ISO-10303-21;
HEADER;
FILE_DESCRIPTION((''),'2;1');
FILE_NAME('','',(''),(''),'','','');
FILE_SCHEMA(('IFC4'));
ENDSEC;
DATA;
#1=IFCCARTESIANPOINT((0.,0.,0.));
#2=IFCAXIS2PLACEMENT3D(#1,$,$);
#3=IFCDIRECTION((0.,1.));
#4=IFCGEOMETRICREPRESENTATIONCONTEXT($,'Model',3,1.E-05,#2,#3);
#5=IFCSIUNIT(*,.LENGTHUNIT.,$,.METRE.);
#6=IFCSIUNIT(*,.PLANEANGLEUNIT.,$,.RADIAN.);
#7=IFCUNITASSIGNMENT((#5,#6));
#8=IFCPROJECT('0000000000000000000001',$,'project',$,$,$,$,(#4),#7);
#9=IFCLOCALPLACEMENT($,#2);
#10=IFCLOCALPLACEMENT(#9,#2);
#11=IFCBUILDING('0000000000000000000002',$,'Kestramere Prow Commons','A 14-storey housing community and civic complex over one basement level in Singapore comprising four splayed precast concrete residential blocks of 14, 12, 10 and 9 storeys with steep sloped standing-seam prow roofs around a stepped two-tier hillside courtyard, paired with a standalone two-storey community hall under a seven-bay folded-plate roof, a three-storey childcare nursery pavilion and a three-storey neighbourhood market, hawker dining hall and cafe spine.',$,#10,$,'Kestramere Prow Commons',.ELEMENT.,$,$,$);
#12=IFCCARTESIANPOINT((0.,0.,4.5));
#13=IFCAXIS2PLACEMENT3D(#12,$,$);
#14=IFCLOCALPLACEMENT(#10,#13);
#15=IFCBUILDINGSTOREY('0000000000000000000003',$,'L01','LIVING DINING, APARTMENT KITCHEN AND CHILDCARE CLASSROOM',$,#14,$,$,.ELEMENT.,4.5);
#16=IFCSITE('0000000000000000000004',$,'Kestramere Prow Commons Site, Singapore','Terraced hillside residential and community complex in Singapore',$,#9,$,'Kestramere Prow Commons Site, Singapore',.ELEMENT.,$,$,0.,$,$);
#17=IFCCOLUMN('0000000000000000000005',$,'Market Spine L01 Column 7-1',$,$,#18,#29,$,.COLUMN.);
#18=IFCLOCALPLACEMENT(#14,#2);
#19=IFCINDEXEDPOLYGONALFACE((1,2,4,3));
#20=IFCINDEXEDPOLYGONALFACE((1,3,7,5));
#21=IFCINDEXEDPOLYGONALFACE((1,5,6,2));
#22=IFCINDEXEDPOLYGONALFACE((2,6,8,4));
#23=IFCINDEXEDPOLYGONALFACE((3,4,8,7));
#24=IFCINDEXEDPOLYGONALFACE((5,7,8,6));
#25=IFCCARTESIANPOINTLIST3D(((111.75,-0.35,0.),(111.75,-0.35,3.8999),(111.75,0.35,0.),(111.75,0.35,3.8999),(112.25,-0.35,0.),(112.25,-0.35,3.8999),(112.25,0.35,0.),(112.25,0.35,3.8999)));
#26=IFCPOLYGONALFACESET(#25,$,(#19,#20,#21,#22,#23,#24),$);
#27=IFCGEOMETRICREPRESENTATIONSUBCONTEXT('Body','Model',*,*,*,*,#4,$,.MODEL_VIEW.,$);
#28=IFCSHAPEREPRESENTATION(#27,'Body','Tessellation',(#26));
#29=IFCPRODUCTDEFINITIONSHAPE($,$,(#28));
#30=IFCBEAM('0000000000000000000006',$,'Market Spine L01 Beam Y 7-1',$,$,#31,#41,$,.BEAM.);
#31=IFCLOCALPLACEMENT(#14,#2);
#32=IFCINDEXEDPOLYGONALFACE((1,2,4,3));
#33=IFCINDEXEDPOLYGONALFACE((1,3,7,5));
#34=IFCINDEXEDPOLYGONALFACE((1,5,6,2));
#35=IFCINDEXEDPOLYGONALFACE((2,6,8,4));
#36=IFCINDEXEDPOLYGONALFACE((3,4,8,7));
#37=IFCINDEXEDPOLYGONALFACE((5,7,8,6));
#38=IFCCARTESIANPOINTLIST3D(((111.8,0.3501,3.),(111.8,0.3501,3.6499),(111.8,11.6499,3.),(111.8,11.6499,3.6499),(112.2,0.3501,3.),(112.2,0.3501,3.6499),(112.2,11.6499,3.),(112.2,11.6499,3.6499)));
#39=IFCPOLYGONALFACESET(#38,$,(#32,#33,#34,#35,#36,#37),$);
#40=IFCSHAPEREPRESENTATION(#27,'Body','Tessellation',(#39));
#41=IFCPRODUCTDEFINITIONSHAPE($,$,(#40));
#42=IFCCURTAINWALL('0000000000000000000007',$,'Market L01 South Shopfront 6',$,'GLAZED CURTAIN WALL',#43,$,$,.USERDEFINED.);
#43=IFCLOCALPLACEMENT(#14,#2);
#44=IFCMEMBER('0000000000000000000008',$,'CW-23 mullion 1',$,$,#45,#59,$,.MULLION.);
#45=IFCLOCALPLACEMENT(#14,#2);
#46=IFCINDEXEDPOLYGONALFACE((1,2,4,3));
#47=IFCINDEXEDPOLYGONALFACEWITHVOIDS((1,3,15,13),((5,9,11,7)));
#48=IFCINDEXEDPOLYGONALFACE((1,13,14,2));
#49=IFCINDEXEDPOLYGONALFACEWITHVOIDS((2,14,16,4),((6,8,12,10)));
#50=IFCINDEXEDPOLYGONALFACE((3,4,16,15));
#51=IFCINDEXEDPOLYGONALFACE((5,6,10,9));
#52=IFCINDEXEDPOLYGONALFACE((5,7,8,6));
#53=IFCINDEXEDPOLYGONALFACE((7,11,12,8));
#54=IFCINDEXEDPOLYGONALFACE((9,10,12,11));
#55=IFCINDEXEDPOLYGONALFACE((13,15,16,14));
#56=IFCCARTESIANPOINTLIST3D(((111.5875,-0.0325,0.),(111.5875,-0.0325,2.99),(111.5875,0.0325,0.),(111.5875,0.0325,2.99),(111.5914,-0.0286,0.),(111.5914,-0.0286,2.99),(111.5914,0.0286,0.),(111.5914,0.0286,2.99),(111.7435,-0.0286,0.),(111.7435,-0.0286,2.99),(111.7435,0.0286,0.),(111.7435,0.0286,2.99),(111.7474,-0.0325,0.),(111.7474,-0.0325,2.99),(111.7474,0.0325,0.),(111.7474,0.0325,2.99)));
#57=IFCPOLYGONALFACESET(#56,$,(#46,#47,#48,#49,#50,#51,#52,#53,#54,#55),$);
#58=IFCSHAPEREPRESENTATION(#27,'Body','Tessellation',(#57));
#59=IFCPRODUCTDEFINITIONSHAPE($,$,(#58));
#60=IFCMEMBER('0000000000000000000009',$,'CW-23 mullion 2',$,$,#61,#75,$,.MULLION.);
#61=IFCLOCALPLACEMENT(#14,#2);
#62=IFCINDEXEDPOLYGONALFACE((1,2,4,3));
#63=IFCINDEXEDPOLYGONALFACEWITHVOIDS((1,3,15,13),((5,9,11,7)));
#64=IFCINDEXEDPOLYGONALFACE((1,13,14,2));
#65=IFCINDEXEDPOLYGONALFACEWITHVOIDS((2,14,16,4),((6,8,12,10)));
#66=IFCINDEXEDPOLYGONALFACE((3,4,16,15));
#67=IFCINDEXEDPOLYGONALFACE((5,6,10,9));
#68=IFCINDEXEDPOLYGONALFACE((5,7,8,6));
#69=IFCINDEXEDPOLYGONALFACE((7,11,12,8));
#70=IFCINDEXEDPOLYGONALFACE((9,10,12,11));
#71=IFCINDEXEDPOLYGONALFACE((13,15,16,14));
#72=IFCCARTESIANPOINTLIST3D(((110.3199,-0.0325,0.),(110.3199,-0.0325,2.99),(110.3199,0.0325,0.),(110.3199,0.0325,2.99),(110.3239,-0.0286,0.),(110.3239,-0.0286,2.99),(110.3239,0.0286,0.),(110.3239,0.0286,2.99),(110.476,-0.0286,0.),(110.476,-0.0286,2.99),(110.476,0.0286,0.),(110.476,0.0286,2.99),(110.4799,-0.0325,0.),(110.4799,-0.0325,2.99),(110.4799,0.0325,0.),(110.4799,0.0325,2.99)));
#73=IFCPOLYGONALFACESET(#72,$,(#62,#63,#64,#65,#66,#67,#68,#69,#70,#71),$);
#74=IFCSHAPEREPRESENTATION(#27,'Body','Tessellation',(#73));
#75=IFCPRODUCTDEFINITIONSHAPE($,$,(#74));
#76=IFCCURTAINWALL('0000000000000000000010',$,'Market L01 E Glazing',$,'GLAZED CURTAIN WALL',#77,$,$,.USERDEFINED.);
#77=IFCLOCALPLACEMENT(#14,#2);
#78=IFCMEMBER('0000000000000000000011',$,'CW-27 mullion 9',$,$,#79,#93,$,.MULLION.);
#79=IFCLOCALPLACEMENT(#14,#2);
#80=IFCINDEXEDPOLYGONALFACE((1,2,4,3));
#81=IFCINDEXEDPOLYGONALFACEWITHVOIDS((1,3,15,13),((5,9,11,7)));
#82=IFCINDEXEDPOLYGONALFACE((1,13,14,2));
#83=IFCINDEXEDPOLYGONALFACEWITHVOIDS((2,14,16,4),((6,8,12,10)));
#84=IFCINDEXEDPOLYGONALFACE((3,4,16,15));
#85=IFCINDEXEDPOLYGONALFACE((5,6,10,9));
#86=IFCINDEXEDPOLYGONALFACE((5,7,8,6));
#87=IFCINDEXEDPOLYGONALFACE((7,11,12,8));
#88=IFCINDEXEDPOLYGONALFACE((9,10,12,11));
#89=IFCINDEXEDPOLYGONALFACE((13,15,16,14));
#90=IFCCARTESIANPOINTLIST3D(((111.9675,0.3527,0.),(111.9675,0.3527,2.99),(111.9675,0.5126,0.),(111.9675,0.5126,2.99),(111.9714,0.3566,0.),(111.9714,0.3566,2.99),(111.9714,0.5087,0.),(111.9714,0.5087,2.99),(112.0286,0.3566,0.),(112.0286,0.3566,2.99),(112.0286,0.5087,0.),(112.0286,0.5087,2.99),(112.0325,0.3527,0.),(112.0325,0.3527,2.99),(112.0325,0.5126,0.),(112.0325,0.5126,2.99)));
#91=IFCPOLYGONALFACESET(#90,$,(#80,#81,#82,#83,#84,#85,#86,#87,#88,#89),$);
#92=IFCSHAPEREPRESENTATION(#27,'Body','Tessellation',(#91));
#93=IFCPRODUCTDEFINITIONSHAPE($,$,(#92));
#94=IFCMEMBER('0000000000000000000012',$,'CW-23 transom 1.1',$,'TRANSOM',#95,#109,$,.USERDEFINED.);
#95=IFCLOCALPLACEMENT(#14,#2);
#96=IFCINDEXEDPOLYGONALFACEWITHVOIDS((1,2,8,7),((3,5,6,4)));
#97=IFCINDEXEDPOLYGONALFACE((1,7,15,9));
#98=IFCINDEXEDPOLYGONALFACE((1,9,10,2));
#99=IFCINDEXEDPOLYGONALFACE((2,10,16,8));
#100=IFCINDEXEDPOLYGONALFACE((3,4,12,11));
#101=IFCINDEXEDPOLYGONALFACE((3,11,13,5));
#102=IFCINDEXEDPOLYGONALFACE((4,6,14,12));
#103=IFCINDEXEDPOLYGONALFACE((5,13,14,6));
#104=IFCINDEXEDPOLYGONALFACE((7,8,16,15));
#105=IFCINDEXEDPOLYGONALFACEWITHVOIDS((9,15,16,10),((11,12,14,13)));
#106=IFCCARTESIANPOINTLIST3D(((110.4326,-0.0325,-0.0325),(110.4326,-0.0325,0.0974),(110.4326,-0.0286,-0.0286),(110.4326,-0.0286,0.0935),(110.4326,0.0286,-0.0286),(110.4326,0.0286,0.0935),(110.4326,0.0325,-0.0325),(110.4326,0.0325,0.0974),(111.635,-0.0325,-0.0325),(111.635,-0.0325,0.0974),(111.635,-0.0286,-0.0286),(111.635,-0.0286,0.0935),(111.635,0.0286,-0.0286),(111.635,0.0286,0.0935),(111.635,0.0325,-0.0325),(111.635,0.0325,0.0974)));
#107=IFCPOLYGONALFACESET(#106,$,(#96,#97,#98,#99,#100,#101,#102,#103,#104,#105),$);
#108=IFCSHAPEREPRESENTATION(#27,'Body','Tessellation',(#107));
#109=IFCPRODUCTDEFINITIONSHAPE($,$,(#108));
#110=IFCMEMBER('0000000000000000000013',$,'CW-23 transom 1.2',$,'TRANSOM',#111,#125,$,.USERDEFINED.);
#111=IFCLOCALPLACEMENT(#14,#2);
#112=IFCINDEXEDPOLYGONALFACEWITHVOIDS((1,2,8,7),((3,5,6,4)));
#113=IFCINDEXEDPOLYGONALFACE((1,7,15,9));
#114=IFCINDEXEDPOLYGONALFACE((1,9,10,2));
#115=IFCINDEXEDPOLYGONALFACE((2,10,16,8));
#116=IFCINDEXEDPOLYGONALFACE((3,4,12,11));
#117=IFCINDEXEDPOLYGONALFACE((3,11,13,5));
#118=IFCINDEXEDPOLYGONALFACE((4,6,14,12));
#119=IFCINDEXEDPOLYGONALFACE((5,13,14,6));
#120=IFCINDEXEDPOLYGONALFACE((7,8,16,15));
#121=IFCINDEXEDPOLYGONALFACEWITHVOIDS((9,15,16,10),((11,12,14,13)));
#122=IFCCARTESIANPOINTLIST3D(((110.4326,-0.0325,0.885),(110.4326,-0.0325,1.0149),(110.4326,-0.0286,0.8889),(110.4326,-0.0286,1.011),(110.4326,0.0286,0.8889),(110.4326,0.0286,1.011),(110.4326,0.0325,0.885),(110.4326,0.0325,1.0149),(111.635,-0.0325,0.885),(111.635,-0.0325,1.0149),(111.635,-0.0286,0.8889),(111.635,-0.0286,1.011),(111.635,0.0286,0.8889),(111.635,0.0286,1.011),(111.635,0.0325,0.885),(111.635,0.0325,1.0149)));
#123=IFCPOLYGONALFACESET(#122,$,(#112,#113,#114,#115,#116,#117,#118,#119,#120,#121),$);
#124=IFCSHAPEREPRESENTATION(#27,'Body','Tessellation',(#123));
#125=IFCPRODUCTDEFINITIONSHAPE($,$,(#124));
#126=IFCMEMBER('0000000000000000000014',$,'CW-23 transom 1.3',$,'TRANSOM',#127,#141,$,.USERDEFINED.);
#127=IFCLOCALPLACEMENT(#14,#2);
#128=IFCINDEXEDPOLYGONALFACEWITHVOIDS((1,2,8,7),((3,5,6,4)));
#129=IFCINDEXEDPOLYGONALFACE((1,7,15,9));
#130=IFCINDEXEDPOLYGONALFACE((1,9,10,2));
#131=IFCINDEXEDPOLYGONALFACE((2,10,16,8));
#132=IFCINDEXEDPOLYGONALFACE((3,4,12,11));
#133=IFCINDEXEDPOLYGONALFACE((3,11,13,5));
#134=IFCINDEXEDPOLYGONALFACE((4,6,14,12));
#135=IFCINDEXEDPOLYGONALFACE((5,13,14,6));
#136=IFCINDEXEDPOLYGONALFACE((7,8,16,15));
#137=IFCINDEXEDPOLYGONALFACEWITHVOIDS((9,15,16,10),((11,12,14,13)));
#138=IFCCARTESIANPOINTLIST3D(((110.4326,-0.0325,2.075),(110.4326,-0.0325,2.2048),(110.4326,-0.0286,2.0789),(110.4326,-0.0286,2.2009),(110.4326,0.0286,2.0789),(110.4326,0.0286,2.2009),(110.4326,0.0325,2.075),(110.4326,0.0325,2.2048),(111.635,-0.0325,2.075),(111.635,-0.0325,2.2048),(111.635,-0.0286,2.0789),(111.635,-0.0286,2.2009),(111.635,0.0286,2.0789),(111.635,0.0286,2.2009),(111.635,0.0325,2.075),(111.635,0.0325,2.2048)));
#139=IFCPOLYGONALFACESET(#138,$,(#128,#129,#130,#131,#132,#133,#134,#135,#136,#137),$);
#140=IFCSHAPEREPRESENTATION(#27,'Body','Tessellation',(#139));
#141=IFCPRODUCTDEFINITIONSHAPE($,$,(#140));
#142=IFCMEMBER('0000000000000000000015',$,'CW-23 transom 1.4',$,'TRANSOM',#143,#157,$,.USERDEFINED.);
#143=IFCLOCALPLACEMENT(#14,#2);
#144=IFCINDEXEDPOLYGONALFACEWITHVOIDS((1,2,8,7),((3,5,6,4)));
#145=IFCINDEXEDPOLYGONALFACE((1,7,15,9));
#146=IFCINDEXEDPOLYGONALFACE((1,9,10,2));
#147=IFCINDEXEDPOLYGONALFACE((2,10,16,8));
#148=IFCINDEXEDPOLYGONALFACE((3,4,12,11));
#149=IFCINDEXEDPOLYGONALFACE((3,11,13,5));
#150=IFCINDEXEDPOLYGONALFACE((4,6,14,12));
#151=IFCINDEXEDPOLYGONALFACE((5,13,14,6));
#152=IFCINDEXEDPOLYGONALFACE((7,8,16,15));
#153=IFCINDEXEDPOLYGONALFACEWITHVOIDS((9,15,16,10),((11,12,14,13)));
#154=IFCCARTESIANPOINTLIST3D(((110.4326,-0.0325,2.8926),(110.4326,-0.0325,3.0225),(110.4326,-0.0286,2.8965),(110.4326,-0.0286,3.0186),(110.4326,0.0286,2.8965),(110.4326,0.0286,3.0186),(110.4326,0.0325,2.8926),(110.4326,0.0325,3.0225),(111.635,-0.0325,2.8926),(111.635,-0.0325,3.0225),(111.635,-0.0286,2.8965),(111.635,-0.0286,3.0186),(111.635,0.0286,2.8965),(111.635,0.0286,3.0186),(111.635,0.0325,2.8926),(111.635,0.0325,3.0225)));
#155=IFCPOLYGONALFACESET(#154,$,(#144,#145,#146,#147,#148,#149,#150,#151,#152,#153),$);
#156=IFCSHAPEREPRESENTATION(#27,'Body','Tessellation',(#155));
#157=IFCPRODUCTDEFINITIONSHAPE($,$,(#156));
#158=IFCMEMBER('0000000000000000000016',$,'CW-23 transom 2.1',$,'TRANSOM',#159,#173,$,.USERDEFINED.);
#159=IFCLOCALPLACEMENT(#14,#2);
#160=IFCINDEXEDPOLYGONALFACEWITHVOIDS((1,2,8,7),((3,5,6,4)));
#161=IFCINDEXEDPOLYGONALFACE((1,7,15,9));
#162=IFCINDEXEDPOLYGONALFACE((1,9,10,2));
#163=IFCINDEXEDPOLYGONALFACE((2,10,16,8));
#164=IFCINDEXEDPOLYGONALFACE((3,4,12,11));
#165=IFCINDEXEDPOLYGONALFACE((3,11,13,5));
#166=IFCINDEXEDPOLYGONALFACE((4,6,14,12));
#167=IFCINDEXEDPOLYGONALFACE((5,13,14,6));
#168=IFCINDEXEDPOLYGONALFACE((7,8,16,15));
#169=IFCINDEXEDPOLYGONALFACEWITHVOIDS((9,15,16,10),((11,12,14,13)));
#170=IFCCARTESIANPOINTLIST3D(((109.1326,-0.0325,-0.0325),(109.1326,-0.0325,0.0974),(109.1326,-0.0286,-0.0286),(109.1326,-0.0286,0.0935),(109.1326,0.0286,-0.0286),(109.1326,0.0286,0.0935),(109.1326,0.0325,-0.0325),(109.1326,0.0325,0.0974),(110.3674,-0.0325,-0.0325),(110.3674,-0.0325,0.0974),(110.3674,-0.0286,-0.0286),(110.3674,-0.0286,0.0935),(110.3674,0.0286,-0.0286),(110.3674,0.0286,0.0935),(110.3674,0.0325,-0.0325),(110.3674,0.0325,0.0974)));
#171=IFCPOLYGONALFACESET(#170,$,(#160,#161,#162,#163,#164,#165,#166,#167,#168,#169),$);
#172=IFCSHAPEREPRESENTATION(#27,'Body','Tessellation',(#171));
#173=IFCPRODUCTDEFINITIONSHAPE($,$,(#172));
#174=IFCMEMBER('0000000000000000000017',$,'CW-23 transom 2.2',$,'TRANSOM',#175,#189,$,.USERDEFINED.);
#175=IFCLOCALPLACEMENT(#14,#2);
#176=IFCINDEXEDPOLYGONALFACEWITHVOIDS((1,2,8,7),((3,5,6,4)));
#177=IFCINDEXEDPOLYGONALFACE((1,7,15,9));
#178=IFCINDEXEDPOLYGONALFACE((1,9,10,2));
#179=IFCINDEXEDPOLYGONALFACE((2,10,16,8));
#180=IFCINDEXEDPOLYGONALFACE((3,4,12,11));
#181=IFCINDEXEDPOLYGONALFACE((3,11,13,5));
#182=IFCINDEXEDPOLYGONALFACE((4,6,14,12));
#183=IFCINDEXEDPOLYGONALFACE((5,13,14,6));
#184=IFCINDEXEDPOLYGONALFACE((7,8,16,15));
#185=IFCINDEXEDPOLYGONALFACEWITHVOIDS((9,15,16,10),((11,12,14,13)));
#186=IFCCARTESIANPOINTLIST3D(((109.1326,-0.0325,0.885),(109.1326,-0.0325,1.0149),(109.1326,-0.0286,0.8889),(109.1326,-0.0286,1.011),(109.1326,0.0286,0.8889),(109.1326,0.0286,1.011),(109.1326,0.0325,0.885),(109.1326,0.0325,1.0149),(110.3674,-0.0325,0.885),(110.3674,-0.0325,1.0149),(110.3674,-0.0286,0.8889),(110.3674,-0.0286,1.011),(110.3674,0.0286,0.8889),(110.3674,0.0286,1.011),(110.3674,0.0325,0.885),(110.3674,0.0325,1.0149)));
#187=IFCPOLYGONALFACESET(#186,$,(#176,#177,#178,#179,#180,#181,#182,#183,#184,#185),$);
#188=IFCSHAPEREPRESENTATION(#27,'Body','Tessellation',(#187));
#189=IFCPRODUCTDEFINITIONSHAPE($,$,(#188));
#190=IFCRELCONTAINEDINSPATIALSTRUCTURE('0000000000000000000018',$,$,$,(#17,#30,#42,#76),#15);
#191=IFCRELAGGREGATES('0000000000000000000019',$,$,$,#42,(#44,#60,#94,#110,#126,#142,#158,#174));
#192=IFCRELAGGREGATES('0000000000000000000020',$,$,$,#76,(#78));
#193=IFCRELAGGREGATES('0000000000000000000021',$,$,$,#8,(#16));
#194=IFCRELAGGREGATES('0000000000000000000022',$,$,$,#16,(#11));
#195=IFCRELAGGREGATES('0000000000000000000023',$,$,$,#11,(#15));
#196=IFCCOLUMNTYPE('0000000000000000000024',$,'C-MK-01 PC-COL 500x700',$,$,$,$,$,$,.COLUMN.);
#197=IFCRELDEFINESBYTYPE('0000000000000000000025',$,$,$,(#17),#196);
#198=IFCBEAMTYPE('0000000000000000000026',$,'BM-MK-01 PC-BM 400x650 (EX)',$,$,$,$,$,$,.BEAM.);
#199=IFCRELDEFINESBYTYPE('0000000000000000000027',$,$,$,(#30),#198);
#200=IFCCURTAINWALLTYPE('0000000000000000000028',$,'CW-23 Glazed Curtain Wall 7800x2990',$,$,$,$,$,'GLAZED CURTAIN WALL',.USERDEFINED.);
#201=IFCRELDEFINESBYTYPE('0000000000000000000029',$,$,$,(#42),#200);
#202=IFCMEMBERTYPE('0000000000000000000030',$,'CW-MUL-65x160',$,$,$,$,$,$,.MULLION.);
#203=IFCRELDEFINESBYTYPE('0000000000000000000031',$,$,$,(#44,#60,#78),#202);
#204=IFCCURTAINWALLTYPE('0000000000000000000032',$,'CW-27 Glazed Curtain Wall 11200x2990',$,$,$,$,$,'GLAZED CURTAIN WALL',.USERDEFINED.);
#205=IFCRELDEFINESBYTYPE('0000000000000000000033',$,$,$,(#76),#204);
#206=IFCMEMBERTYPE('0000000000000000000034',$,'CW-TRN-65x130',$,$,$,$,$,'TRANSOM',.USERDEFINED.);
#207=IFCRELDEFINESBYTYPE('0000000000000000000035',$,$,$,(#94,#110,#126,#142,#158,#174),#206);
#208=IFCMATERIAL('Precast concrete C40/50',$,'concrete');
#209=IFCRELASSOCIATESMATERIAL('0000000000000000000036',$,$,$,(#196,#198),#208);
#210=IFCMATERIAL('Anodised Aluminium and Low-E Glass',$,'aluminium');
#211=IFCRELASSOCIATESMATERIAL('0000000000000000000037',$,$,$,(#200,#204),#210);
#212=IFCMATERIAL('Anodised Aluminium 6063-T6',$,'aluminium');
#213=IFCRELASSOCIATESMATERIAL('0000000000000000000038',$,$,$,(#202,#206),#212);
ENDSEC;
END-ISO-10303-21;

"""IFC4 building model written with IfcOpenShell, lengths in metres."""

from ifc_helpers import new_model, si_unit, direction, frame, origin, origin_2d, place, context, subcontext, project, spatial, rectangle, hollow_rectangle, extrude, material, material_profile, profile_set, type_object, element, aggregate, save


model = new_model("IFC4")

# Units and contexts
model_context = context("Model", 3, precision=1e-05, world=origin(), true_north=direction((0.0, 1.0)))
body_context = subcontext(model_context, "Body", "Model", "MODEL_VIEW")
ifc_project = project(units=[si_unit("LENGTHUNIT", "METRE"), si_unit("PLANEANGLEUNIT", "RADIAN")], contexts=[model_context])

# Site, building, storey
site_placement = place(None, origin())
site = spatial("IfcSite", under=ifc_project, at=site_placement, Name="Kestramere Prow Commons Site, Singapore", Description="Terraced hillside residential and community complex in Singapore", LongName="Kestramere Prow Commons Site, Singapore", CompositionType="ELEMENT", RefElevation=0.0)
building_placement = place(site_placement, origin())
building = spatial("IfcBuilding", under=site, at=building_placement, Name="Kestramere Prow Commons", Description="A 14-storey housing community and civic complex over one basement level in Singapore comprising four splayed precast concrete residential blocks of 14, 12, 10 and 9 storeys with steep sloped standing-seam prow roofs around a stepped two-tier hillside courtyard, paired with a standalone two-storey community hall under a seven-bay folded-plate roof, a three-storey childcare nursery pavilion and a three-storey neighbourhood market, hawker dining hall and cafe spine.", LongName="Kestramere Prow Commons", CompositionType="ELEMENT")
storey_placement = place(building_placement, frame((0.0, 0.0, 4.5)))
storey = spatial("IfcBuildingStorey", under=building, at=storey_placement, Name="L01", Description="LIVING DINING, APARTMENT KITCHEN AND CHILDCARE CLASSROOM", CompositionType="ELEMENT", Elevation=4.5)

# Column
ifc_material_1 = material(Name="Precast concrete C40/50", Category="concrete")
ifc_material_profile_1 = material_profile(ifc_material_1, rectangle(XDim=0.5, YDim=0.7, at=origin_2d()), Name="PC-COL 500x700")
ifc_profile_set_1 = profile_set([ifc_material_profile_1], Name="Precast concrete C40/50")
column_type = type_object("IfcColumnType", Name="C-MK-01 PC-COL 500x700", PredefinedType="COLUMN", material=ifc_profile_set_1)
column_placement = place(storey_placement, frame((112.0, 0.0, 0.0), z_axis=(0.0, 0.0, 1.0), x_axis=(1.0, 0.0, 0.0)))
element("IfcColumn", 1, at=column_placement, inside=storey, type_object=column_type, Name="Market Spine L01 Column 7-1", PredefinedType="COLUMN", context=body_context, shape_type="SweptSolid", body=[
    extrude(rectangle(XDim=0.5, YDim=0.7, at=origin_2d()), origin(), (0.0, 0.0, 1.0), 3.8999),
])

# Beam
ifc_material_profile_2 = material_profile(ifc_material_1, rectangle(XDim=0.3999, YDim=0.6499, at=origin_2d()), Name="PC-BM 400x650")
ifc_profile_set_2 = profile_set([ifc_material_profile_2], Name="Precast concrete C40/50")
beam_type = type_object("IfcBeamType", Name="BM-MK-01 PC-BM 400x650 (EX)", PredefinedType="BEAM", material=ifc_profile_set_2)
beam_placement = place(storey_placement, frame((112.0, 0.3501, 3.325), z_axis=(0.0, 1.0, 0.0), x_axis=(-1.0, 0.0, 0.0)))
element("IfcBeam", 2, at=beam_placement, inside=storey, type_object=beam_type, Name="Market Spine L01 Beam Y 7-1", PredefinedType="BEAM", context=body_context, shape_type="SweptSolid", body=[
    extrude(rectangle(XDim=0.3999, YDim=0.6499, at=origin_2d()), origin(), (0.0, 0.0, 1.0), 11.2998),
])

# Curtain wall, members
ifc_material_2 = material(Name="Anodised Aluminium and Low-E Glass", Category="aluminium")
curtain_wall_type_1 = type_object("IfcCurtainWallType", Name="CW-23 Glazed Curtain Wall 7800x2990", ElementType="GLAZED CURTAIN WALL", PredefinedType="USERDEFINED", material=ifc_material_2)
curtain_wall_1_placement = place(storey_placement, origin())
curtain_wall_1 = element("IfcCurtainWall", 3, at=curtain_wall_1_placement, inside=storey, type_object=curtain_wall_type_1, Name="Market L01 South Shopfront 6", ObjectType="GLAZED CURTAIN WALL", PredefinedType="USERDEFINED")
ifc_material_3 = material(Name="Anodised Aluminium 6063-T6", Category="aluminium")
ifc_material_profile_3 = material_profile(ifc_material_3, hollow_rectangle(XDim=0.0649, YDim=0.1599, WallThickness=0.0039, at=origin_2d()), Name="ALU-MUL 65x160")
ifc_profile_set_3 = profile_set([ifc_material_profile_3], Name="Anodised Aluminium 6063-T6")
member_type_1 = type_object("IfcMemberType", Name="CW-MUL-65x160", PredefinedType="MULLION", material=ifc_profile_set_3)
member_1_placement = place(storey_placement, frame((111.6675, 0.0, 0.0), z_axis=(0.0, 0.0, 1.0), x_axis=(0.0, -1.0, 0.0)))
member_1 = element("IfcMember", 4, at=member_1_placement, type_object=member_type_1, Name="CW-23 mullion 1", PredefinedType="MULLION", context=body_context, shape_type="SweptSolid", body=[
    extrude(hollow_rectangle(XDim=0.0649, YDim=0.1599, WallThickness=0.0039, at=origin_2d()), origin(), (0.0, 0.0, 1.0), 2.99),
])
member_2_placement = place(storey_placement, frame((110.3999, 0.0, 0.0), z_axis=(0.0, 0.0, 1.0), x_axis=(0.0, -1.0, 0.0)))
member_2 = element("IfcMember", 5, at=member_2_placement, type_object=member_type_1, Name="CW-23 mullion 2", PredefinedType="MULLION", context=body_context, shape_type="SweptSolid", body=[
    extrude(hollow_rectangle(XDim=0.0649, YDim=0.1599, WallThickness=0.0039, at=origin_2d()), origin(), (0.0, 0.0, 1.0), 2.99),
])

# Curtain wall, member
curtain_wall_type_2 = type_object("IfcCurtainWallType", Name="CW-27 Glazed Curtain Wall 11200x2990", ElementType="GLAZED CURTAIN WALL", PredefinedType="USERDEFINED", material=ifc_material_2)
curtain_wall_2_placement = place(storey_placement, origin())
curtain_wall_2 = element("IfcCurtainWall", 6, at=curtain_wall_2_placement, inside=storey, type_object=curtain_wall_type_2, Name="Market L01 E Glazing", ObjectType="GLAZED CURTAIN WALL", PredefinedType="USERDEFINED")
member_3_placement = place(storey_placement, frame((112.0, 0.4326, 0.0), z_axis=(0.0, 0.0, 1.0), x_axis=(1.0, 0.0, 0.0)))
member_3 = element("IfcMember", 7, at=member_3_placement, type_object=member_type_1, Name="CW-27 mullion 9", PredefinedType="MULLION", context=body_context, shape_type="SweptSolid", body=[
    extrude(hollow_rectangle(XDim=0.0649, YDim=0.1599, WallThickness=0.0039, at=origin_2d()), origin(), (0.0, 0.0, 1.0), 2.99),
])

# Members
ifc_material_profile_4 = material_profile(ifc_material_3, hollow_rectangle(XDim=0.0649, YDim=0.1299, WallThickness=0.0039, at=origin_2d()), Name="ALU-TRN 65x130")
ifc_profile_set_4 = profile_set([ifc_material_profile_4], Name="Anodised Aluminium 6063-T6")
member_type_2 = type_object("IfcMemberType", Name="CW-TRN-65x130", ElementType="TRANSOM", PredefinedType="USERDEFINED", material=ifc_profile_set_4)
member_4_placement = place(storey_placement, frame((111.635, 0.0, 0.0325), z_axis=(-1.0, 0.0, 0.0), x_axis=(0.0, -1.0, 0.0)))
member_4 = element("IfcMember", 8, at=member_4_placement, type_object=member_type_2, Name="CW-23 transom 1.1", ObjectType="TRANSOM", PredefinedType="USERDEFINED", context=body_context, shape_type="SweptSolid", body=[
    extrude(hollow_rectangle(XDim=0.0649, YDim=0.1299, WallThickness=0.0039, at=origin_2d()), origin(), (0.0, 0.0, 1.0), 1.2024),
])
member_5_placement = place(storey_placement, frame((111.635, 0.0, 0.95), z_axis=(-1.0, 0.0, 0.0), x_axis=(0.0, -1.0, 0.0)))
member_5 = element("IfcMember", 9, at=member_5_placement, type_object=member_type_2, Name="CW-23 transom 1.2", ObjectType="TRANSOM", PredefinedType="USERDEFINED", context=body_context, shape_type="SweptSolid", body=[
    extrude(hollow_rectangle(XDim=0.0649, YDim=0.1299, WallThickness=0.0039, at=origin_2d()), origin(), (0.0, 0.0, 1.0), 1.2024),
])
member_6_placement = place(storey_placement, frame((111.635, 0.0, 2.1399), z_axis=(-1.0, 0.0, 0.0), x_axis=(0.0, -1.0, 0.0)))
member_6 = element("IfcMember", 10, at=member_6_placement, type_object=member_type_2, Name="CW-23 transom 1.3", ObjectType="TRANSOM", PredefinedType="USERDEFINED", context=body_context, shape_type="SweptSolid", body=[
    extrude(hollow_rectangle(XDim=0.0649, YDim=0.1299, WallThickness=0.0039, at=origin_2d()), origin(), (0.0, 0.0, 1.0), 1.2024),
])
member_7_placement = place(storey_placement, frame((111.635, 0.0, 2.9575), z_axis=(-1.0, 0.0, 0.0), x_axis=(0.0, -1.0, 0.0)))
member_7 = element("IfcMember", 11, at=member_7_placement, type_object=member_type_2, Name="CW-23 transom 1.4", ObjectType="TRANSOM", PredefinedType="USERDEFINED", context=body_context, shape_type="SweptSolid", body=[
    extrude(hollow_rectangle(XDim=0.0649, YDim=0.1299, WallThickness=0.0039, at=origin_2d()), origin(), (0.0, 0.0, 1.0), 1.2024),
])
member_8_placement = place(storey_placement, frame((110.3674, 0.0, 0.0325), z_axis=(-1.0, 0.0, 0.0), x_axis=(0.0, -1.0, 0.0)))
member_8 = element("IfcMember", 12, at=member_8_placement, type_object=member_type_2, Name="CW-23 transom 2.1", ObjectType="TRANSOM", PredefinedType="USERDEFINED", context=body_context, shape_type="SweptSolid", body=[
    extrude(hollow_rectangle(XDim=0.0649, YDim=0.1299, WallThickness=0.0039, at=origin_2d()), origin(), (0.0, 0.0, 1.0), 1.2349),
])
member_9_placement = place(storey_placement, frame((110.3674, 0.0, 0.95), z_axis=(-1.0, 0.0, 0.0), x_axis=(0.0, -1.0, 0.0)))
member_9 = element("IfcMember", 13, at=member_9_placement, type_object=member_type_2, Name="CW-23 transom 2.2", ObjectType="TRANSOM", PredefinedType="USERDEFINED", context=body_context, shape_type="SweptSolid", body=[
    extrude(hollow_rectangle(XDim=0.0649, YDim=0.1299, WallThickness=0.0039, at=origin_2d()), origin(), (0.0, 0.0, 1.0), 1.2349),
])

aggregate(curtain_wall_1, [member_1, member_2, member_4, member_5, member_6, member_7, member_8, member_9])
aggregate(curtain_wall_2, [member_3])

save(model, "model.ifc")
